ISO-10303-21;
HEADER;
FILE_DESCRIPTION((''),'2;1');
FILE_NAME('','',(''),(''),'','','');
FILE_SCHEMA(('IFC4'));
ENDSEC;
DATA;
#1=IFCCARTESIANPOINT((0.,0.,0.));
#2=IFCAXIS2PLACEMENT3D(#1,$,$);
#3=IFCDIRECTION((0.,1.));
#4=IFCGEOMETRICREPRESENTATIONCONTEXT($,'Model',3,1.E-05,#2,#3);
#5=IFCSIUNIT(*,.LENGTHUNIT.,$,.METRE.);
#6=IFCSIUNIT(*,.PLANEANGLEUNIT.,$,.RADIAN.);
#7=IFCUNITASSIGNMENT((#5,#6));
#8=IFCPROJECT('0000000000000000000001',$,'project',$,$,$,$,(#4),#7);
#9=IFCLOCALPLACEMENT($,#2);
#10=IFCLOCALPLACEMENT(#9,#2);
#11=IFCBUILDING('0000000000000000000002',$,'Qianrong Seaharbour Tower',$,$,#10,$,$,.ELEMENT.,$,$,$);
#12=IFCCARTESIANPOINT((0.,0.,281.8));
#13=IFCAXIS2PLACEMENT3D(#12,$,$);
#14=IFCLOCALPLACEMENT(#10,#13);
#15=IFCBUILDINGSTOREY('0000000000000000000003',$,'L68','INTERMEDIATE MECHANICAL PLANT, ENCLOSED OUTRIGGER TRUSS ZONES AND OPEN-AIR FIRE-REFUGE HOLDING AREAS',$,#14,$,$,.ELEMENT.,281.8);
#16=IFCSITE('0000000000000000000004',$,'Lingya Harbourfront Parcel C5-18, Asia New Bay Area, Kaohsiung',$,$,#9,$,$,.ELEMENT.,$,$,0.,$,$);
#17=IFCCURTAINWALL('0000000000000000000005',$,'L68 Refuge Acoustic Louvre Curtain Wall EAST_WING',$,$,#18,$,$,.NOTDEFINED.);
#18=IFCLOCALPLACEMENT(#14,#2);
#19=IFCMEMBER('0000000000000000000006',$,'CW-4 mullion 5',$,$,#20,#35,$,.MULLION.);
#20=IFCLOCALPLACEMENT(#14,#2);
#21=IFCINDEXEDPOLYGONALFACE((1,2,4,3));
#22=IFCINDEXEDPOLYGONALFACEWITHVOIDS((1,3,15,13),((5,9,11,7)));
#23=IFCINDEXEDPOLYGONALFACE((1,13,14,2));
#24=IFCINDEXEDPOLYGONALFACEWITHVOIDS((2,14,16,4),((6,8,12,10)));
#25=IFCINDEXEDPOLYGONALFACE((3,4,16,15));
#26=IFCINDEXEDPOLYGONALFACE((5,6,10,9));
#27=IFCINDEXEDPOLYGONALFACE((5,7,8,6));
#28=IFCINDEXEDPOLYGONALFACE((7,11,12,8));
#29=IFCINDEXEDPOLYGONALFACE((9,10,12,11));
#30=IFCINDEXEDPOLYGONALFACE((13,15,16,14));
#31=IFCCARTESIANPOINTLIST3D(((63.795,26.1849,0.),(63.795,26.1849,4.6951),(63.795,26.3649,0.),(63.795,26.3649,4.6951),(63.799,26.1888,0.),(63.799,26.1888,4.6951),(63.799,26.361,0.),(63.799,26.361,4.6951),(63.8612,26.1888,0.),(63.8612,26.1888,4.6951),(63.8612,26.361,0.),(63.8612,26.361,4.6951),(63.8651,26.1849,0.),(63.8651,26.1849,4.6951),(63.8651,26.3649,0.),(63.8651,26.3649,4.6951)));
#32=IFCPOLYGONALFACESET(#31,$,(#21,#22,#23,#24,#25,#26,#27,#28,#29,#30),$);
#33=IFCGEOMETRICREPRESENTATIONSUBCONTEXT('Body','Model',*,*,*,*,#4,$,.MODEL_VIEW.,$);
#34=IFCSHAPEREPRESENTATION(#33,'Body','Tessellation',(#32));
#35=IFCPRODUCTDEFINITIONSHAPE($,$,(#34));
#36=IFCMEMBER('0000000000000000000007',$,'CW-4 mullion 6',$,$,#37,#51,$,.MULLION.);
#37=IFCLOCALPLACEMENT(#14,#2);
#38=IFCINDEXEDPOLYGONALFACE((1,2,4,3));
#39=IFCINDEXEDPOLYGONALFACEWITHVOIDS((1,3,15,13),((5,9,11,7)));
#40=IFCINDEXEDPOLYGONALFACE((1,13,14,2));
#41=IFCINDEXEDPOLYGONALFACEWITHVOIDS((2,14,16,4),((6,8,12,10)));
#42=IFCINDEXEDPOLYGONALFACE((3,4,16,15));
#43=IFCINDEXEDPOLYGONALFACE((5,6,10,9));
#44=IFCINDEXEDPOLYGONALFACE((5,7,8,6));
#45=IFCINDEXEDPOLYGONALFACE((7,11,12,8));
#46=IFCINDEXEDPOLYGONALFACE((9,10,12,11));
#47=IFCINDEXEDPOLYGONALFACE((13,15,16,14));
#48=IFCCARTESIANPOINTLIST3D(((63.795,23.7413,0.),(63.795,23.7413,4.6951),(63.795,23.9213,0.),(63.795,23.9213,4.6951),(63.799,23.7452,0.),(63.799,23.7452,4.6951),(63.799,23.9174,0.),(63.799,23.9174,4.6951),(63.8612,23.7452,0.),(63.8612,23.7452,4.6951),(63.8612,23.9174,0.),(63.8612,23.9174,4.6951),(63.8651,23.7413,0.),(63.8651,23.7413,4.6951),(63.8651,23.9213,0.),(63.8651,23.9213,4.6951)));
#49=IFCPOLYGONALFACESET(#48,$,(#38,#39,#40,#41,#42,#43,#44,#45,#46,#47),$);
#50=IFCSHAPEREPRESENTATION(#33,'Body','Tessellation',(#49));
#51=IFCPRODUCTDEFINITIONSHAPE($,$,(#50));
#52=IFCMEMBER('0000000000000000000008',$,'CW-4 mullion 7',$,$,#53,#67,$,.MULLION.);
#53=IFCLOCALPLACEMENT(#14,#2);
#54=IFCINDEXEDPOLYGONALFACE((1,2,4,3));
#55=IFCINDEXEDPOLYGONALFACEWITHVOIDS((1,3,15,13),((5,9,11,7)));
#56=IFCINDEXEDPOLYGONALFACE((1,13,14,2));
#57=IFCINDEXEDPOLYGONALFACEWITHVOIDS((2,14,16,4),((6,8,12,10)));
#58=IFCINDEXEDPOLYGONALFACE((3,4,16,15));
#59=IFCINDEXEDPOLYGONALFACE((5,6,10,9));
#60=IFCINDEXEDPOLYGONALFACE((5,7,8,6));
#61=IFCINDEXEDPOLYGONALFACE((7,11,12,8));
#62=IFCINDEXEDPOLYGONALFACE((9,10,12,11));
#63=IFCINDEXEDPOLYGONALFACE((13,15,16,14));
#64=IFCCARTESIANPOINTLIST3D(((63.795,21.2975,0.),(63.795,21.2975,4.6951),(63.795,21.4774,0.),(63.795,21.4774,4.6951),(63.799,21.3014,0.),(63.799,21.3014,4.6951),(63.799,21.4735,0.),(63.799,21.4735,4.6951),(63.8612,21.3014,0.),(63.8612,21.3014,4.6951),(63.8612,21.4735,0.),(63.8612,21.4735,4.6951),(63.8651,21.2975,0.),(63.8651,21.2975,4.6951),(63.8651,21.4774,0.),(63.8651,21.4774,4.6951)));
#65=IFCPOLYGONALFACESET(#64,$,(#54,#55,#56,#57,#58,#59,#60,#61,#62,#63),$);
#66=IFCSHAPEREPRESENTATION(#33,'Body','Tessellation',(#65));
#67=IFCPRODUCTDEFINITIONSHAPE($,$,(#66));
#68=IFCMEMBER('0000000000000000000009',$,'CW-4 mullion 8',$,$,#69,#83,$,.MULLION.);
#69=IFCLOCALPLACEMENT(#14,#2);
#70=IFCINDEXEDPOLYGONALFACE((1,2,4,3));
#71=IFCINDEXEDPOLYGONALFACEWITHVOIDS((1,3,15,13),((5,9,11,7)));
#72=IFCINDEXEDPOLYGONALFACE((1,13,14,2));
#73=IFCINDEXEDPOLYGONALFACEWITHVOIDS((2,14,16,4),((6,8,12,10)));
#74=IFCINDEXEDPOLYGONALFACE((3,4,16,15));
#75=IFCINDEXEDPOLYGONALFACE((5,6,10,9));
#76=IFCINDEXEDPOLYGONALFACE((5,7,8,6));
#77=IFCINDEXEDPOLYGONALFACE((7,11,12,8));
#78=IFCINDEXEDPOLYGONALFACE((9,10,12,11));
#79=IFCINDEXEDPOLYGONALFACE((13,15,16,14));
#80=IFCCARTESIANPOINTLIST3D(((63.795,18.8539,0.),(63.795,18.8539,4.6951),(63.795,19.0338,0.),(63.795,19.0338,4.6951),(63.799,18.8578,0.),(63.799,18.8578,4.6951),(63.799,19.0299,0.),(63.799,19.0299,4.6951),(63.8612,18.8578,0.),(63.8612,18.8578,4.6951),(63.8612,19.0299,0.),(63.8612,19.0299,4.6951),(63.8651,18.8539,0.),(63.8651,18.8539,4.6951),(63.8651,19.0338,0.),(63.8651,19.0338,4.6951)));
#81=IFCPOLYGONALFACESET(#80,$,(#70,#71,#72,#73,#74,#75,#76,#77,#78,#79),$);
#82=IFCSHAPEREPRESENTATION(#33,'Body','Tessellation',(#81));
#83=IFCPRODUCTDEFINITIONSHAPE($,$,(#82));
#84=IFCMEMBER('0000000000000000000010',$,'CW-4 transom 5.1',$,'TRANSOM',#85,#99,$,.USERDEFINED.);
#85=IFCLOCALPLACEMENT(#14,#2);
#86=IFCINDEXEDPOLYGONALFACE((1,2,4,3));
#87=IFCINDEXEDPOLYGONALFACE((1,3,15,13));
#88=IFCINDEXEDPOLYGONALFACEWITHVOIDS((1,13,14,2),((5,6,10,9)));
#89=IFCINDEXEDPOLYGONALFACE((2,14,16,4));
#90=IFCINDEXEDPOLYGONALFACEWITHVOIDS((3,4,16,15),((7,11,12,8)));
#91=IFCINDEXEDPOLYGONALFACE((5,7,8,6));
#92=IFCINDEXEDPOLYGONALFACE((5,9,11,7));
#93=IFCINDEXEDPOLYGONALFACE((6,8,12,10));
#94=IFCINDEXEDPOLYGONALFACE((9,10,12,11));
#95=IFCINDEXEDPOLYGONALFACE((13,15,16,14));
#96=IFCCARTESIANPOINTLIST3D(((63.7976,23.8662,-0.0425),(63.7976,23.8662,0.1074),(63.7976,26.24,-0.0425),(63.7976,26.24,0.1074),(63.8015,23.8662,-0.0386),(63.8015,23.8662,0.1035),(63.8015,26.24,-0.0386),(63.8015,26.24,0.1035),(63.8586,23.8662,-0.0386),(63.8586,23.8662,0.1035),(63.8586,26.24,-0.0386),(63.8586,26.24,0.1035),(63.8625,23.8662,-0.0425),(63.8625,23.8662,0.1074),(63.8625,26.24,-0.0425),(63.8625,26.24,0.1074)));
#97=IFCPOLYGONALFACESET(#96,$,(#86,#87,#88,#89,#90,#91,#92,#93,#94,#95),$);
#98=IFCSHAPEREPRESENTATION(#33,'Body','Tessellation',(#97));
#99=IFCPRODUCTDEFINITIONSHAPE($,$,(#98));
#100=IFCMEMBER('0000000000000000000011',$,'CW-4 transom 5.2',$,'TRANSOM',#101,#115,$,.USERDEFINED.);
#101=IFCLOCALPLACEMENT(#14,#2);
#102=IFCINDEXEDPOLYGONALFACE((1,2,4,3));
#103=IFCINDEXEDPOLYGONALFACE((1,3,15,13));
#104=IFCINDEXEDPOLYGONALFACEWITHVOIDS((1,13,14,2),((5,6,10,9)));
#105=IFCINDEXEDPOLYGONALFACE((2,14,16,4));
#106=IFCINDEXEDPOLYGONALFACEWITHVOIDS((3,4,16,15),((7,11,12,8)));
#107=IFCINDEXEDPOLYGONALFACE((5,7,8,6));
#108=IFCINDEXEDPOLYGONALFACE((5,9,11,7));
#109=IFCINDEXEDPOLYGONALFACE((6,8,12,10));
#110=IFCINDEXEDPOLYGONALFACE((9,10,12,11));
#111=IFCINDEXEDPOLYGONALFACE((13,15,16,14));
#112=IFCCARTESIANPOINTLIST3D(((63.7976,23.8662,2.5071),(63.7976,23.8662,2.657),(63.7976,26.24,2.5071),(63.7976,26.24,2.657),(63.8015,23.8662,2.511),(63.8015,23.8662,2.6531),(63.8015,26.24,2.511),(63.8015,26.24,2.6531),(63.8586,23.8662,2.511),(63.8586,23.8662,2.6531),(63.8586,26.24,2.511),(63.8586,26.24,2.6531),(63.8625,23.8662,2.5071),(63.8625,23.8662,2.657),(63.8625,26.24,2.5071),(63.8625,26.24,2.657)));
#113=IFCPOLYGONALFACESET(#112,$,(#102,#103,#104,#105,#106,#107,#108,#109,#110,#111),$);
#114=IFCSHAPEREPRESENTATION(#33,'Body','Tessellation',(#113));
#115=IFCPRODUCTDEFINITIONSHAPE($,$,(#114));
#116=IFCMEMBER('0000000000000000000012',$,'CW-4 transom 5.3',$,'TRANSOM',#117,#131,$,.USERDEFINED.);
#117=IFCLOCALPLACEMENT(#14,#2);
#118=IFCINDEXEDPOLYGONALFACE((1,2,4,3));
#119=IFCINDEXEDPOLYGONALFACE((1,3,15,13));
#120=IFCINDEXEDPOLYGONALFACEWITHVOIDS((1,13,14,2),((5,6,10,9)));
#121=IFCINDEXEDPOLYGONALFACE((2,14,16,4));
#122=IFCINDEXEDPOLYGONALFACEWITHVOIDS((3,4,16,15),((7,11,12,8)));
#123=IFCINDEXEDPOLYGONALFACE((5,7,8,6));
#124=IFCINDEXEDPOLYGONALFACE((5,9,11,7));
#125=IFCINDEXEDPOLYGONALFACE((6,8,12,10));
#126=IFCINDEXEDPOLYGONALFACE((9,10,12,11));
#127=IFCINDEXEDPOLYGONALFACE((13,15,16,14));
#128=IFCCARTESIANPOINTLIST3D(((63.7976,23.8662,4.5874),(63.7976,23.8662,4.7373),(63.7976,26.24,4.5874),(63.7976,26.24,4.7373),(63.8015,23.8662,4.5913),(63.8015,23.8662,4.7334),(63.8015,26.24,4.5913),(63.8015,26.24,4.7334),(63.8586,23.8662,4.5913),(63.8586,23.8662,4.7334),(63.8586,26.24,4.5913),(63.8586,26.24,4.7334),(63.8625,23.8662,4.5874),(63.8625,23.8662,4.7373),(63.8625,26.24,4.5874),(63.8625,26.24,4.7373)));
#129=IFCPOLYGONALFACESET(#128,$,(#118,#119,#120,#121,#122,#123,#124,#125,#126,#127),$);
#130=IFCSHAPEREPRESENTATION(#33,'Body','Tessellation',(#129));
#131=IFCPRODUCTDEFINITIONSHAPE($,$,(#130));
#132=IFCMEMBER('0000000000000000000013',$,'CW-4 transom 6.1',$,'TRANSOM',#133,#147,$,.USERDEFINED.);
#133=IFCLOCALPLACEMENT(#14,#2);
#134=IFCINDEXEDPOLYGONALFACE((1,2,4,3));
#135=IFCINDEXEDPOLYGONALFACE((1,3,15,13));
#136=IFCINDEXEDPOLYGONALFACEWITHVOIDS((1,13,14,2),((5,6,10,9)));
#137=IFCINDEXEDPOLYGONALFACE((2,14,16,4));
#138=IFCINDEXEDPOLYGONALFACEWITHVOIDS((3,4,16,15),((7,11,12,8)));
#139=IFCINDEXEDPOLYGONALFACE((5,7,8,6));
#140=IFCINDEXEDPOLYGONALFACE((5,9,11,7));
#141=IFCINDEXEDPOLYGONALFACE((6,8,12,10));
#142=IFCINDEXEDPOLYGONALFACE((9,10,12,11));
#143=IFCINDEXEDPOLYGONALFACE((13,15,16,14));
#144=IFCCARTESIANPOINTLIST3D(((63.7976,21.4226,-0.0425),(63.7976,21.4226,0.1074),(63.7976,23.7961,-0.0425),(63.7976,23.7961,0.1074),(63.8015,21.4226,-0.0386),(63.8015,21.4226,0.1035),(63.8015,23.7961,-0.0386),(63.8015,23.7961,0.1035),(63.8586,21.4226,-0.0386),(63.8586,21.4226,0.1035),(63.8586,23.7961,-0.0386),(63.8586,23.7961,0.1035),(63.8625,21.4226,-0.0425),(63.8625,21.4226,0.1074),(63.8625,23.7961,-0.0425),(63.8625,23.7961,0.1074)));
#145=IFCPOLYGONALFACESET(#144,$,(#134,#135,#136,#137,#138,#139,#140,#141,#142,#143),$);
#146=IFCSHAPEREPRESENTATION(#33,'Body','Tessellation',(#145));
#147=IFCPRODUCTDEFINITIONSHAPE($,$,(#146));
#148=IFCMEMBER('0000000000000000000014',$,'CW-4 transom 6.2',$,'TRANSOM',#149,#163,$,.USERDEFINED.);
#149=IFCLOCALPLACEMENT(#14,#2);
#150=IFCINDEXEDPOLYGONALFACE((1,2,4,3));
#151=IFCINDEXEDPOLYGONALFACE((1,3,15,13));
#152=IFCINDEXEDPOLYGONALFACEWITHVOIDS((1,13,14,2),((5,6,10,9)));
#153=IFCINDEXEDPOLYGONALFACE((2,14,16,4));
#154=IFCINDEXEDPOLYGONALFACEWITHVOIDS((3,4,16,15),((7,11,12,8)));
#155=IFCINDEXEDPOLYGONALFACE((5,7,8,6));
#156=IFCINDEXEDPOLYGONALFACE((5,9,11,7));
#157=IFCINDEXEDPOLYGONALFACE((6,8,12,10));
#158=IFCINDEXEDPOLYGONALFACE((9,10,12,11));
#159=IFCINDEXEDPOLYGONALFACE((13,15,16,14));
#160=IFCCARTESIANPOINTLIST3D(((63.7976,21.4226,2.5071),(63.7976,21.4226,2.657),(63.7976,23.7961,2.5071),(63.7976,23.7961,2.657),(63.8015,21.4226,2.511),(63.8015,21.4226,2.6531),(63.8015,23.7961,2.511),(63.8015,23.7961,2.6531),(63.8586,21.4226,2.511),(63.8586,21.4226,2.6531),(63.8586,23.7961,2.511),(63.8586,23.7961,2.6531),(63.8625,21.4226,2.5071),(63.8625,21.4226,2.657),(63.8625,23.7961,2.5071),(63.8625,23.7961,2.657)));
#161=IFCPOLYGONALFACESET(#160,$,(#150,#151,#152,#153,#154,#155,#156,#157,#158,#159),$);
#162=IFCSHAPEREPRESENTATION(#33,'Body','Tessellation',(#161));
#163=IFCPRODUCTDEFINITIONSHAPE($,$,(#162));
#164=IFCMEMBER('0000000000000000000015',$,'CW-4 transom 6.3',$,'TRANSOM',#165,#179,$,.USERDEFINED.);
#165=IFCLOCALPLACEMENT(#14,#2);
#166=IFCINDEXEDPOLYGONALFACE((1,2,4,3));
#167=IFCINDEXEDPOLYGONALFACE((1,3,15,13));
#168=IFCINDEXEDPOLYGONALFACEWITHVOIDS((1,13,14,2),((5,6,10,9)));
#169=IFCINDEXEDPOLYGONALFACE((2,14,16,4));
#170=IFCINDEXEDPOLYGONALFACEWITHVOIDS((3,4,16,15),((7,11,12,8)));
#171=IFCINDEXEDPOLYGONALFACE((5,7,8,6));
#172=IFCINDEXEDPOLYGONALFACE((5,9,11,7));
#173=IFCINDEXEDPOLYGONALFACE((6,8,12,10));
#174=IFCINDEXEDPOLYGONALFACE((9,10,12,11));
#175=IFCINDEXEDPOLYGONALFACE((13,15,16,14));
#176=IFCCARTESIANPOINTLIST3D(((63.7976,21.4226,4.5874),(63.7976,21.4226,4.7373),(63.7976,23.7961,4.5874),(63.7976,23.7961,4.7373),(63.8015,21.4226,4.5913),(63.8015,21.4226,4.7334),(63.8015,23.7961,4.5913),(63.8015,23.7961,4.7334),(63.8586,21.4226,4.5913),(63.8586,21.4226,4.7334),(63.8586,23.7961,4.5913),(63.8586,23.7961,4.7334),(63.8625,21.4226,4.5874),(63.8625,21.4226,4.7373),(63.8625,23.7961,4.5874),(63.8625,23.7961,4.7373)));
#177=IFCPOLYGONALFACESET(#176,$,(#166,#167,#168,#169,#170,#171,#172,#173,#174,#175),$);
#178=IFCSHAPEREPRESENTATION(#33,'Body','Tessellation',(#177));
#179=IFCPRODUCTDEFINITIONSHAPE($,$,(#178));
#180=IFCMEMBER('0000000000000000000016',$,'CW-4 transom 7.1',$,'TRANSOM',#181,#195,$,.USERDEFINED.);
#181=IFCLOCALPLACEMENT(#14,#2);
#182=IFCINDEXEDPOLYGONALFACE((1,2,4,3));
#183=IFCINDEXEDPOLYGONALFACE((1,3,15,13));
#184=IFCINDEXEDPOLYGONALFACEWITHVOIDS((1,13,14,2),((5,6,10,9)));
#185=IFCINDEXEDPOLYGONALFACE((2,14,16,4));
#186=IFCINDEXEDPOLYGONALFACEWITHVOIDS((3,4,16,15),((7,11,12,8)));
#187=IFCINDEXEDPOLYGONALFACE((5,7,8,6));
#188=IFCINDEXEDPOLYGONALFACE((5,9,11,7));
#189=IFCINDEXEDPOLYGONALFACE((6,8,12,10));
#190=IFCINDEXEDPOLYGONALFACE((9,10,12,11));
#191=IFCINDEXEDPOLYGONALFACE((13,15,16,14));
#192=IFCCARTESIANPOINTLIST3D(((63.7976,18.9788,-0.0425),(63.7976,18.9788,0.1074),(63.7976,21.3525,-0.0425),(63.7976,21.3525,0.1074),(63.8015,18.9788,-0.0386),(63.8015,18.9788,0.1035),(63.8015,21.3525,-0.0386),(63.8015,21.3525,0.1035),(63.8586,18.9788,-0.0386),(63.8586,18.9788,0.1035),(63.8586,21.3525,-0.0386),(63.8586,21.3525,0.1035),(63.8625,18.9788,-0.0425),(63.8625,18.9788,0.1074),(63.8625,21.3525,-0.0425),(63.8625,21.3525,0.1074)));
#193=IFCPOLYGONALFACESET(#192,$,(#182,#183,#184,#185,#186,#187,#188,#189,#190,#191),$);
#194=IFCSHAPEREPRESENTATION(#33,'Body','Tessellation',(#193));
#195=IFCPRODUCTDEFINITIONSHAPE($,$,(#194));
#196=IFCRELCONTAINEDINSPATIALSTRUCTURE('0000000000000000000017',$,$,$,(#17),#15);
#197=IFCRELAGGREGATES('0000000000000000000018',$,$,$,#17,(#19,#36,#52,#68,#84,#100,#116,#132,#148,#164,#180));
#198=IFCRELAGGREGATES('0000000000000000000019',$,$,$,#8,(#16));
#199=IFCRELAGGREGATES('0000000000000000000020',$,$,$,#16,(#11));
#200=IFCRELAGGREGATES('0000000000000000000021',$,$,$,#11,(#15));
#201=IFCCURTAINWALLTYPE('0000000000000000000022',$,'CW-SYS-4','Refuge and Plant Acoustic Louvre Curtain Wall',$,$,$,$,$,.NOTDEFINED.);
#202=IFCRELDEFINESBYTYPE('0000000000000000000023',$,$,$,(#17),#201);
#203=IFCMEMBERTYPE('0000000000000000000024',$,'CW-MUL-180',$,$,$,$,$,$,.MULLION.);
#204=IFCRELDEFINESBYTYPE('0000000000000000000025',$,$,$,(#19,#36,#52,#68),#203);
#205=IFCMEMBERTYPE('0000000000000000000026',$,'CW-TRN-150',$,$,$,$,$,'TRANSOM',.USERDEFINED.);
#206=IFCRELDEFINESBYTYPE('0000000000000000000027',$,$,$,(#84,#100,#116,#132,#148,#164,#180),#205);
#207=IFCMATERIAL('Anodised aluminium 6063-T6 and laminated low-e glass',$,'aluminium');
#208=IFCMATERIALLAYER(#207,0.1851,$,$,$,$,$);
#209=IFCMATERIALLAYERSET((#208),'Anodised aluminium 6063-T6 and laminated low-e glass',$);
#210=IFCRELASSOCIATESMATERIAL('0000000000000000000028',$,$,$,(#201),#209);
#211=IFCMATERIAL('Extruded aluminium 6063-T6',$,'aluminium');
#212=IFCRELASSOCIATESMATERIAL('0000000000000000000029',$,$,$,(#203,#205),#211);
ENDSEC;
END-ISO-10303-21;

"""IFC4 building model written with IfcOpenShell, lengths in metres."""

from ifc_helpers import new_model, si_unit, direction, frame, origin, origin_2d, place, context, subcontext, project, spatial, hollow_rectangle, extrude, material, layer, layer_set, material_profile, profile_set, type_object, element, aggregate, save


model = new_model("IFC4")

# Units and contexts
model_context = context("Model", 3, precision=1e-05, world=origin(), true_north=direction((0.0, 1.0)))
body_context = subcontext(model_context, "Body", "Model", "MODEL_VIEW")
ifc_project = project(units=[si_unit("LENGTHUNIT", "METRE"), si_unit("PLANEANGLEUNIT", "RADIAN")], contexts=[model_context])

# Site, building, storey
site_placement = place(None, origin())
site = spatial("IfcSite", under=ifc_project, at=site_placement, Name="Lingya Harbourfront Parcel C5-18, Asia New Bay Area, Kaohsiung", CompositionType="ELEMENT", RefElevation=0.0)
building_placement = place(site_placement, origin())
building = spatial("IfcBuilding", under=site, at=building_placement, Name="Qianrong Seaharbour Tower", CompositionType="ELEMENT")
storey_placement = place(building_placement, frame((0.0, 0.0, 281.8)))
storey = spatial("IfcBuildingStorey", under=building, at=storey_placement, Name="L68", Description="INTERMEDIATE MECHANICAL PLANT, ENCLOSED OUTRIGGER TRUSS ZONES AND OPEN-AIR FIRE-REFUGE HOLDING AREAS", CompositionType="ELEMENT", Elevation=281.8)

# Curtain wall, members
ifc_material_1 = material(Name="Anodised aluminium 6063-T6 and laminated low-e glass", Category="aluminium")
ifc_layer_1 = layer(ifc_material_1, 0.1851)
ifc_layer_set_1 = layer_set([ifc_layer_1], Name="Anodised aluminium 6063-T6 and laminated low-e glass")
curtain_wall_type = type_object("IfcCurtainWallType", Name="CW-SYS-4", Description="Refuge and Plant Acoustic Louvre Curtain Wall", PredefinedType="NOTDEFINED", material=ifc_layer_set_1)
curtain_wall_placement = place(storey_placement, origin())
curtain_wall = element("IfcCurtainWall", 1, at=curtain_wall_placement, inside=storey, type_object=curtain_wall_type, Name="L68 Refuge Acoustic Louvre Curtain Wall EAST_WING", PredefinedType="NOTDEFINED")
ifc_material_2 = material(Name="Extruded aluminium 6063-T6", Category="aluminium")
ifc_material_profile_1 = material_profile(ifc_material_2, hollow_rectangle(XDim=0.0701, YDim=0.1799, WallThickness=0.0039, at=origin_2d()), Name="ALU-MUL-180x70x4")
ifc_profile_set_1 = profile_set([ifc_material_profile_1], Name="Extruded aluminium 6063-T6")
member_type_1 = type_object("IfcMemberType", Name="CW-MUL-180", PredefinedType="MULLION", material=ifc_profile_set_1)
member_1_placement = place(storey_placement, frame((63.8301, 26.2749, 0.0), z_axis=(0.0, 0.0, 1.0), x_axis=(1.0, 0.0, 0.0)))
member_1 = element("IfcMember", 2, at=member_1_placement, type_object=member_type_1, Name="CW-4 mullion 5", PredefinedType="MULLION", context=body_context, shape_type="SweptSolid", body=[
    extrude(hollow_rectangle(XDim=0.0701, YDim=0.1799, WallThickness=0.0039, at=origin_2d()), origin(), (0.0, 0.0, 1.0), 4.6951),
])
member_2_placement = place(storey_placement, frame((63.8301, 23.8313, 0.0), z_axis=(0.0, 0.0, 1.0), x_axis=(1.0, 0.0, 0.0)))
member_2 = element("IfcMember", 3, at=member_2_placement, type_object=member_type_1, Name="CW-4 mullion 6", PredefinedType="MULLION", context=body_context, shape_type="SweptSolid", body=[
    extrude(hollow_rectangle(XDim=0.0701, YDim=0.1799, WallThickness=0.0039, at=origin_2d()), origin(), (0.0, 0.0, 1.0), 4.6951),
])
member_3_placement = place(storey_placement, frame((63.8301, 21.3875, 0.0), z_axis=(0.0, 0.0, 1.0), x_axis=(1.0, 0.0, 0.0)))
member_3 = element("IfcMember", 4, at=member_3_placement, type_object=member_type_1, Name="CW-4 mullion 7", PredefinedType="MULLION", context=body_context, shape_type="SweptSolid", body=[
    extrude(hollow_rectangle(XDim=0.0701, YDim=0.1799, WallThickness=0.0039, at=origin_2d()), origin(), (0.0, 0.0, 1.0), 4.6951),
])
member_4_placement = place(storey_placement, frame((63.8301, 18.9438, 0.0), z_axis=(0.0, 0.0, 1.0), x_axis=(1.0, 0.0, 0.0)))
member_4 = element("IfcMember", 5, at=member_4_placement, type_object=member_type_1, Name="CW-4 mullion 8", PredefinedType="MULLION", context=body_context, shape_type="SweptSolid", body=[
    extrude(hollow_rectangle(XDim=0.0701, YDim=0.1799, WallThickness=0.0039, at=origin_2d()), origin(), (0.0, 0.0, 1.0), 4.6951),
])
ifc_material_profile_2 = material_profile(ifc_material_2, hollow_rectangle(XDim=0.0649, YDim=0.1499, WallThickness=0.0039, at=origin_2d()), Name="ALU-TRN-150x65x4")
ifc_profile_set_2 = profile_set([ifc_material_profile_2], Name="Extruded aluminium 6063-T6")
member_type_2 = type_object("IfcMemberType", Name="CW-TRN-150", ElementType="TRANSOM", PredefinedType="USERDEFINED", material=ifc_profile_set_2)
member_5_placement = place(storey_placement, frame((63.8301, 26.24, 0.0325), z_axis=(0.0, -1.0, 0.0), x_axis=(1.0, 0.0, 0.0)))
member_5 = element("IfcMember", 6, at=member_5_placement, type_object=member_type_2, Name="CW-4 transom 5.1", ObjectType="TRANSOM", PredefinedType="USERDEFINED", context=body_context, shape_type="SweptSolid", body=[
    extrude(hollow_rectangle(XDim=0.0649, YDim=0.1499, WallThickness=0.0039, at=origin_2d()), origin(), (0.0, 0.0, 1.0), 2.3738),
])
member_6_placement = place(storey_placement, frame((63.8301, 26.24, 2.582), z_axis=(0.0, -1.0, 0.0), x_axis=(1.0, 0.0, 0.0)))
member_6 = element("IfcMember", 7, at=member_6_placement, type_object=member_type_2, Name="CW-4 transom 5.2", ObjectType="TRANSOM", PredefinedType="USERDEFINED", context=body_context, shape_type="SweptSolid", body=[
    extrude(hollow_rectangle(XDim=0.0649, YDim=0.1499, WallThickness=0.0039, at=origin_2d()), origin(), (0.0, 0.0, 1.0), 2.3738),
])
member_7_placement = place(storey_placement, frame((63.8301, 26.24, 4.6624), z_axis=(0.0, -1.0, 0.0), x_axis=(1.0, 0.0, 0.0)))
member_7 = element("IfcMember", 8, at=member_7_placement, type_object=member_type_2, Name="CW-4 transom 5.3", ObjectType="TRANSOM", PredefinedType="USERDEFINED", context=body_context, shape_type="SweptSolid", body=[
    extrude(hollow_rectangle(XDim=0.0649, YDim=0.1499, WallThickness=0.0039, at=origin_2d()), origin(), (0.0, 0.0, 1.0), 2.3738),
])
member_8_placement = place(storey_placement, frame((63.8301, 23.7961, 0.0325), z_axis=(0.0, -1.0, 0.0), x_axis=(1.0, 0.0, 0.0)))
member_8 = element("IfcMember", 9, at=member_8_placement, type_object=member_type_2, Name="CW-4 transom 6.1", ObjectType="TRANSOM", PredefinedType="USERDEFINED", context=body_context, shape_type="SweptSolid", body=[
    extrude(hollow_rectangle(XDim=0.0649, YDim=0.1499, WallThickness=0.0039, at=origin_2d()), origin(), (0.0, 0.0, 1.0), 2.3735),
])
member_9_placement = place(storey_placement, frame((63.8301, 23.7961, 2.582), z_axis=(0.0, -1.0, 0.0), x_axis=(1.0, 0.0, 0.0)))
member_9 = element("IfcMember", 10, at=member_9_placement, type_object=member_type_2, Name="CW-4 transom 6.2", ObjectType="TRANSOM", PredefinedType="USERDEFINED", context=body_context, shape_type="SweptSolid", body=[
    extrude(hollow_rectangle(XDim=0.0649, YDim=0.1499, WallThickness=0.0039, at=origin_2d()), origin(), (0.0, 0.0, 1.0), 2.3735),
])
member_10_placement = place(storey_placement, frame((63.8301, 23.7961, 4.6624), z_axis=(0.0, -1.0, 0.0), x_axis=(1.0, 0.0, 0.0)))
member_10 = element("IfcMember", 11, at=member_10_placement, type_object=member_type_2, Name="CW-4 transom 6.3", ObjectType="TRANSOM", PredefinedType="USERDEFINED", context=body_context, shape_type="SweptSolid", body=[
    extrude(hollow_rectangle(XDim=0.0649, YDim=0.1499, WallThickness=0.0039, at=origin_2d()), origin(), (0.0, 0.0, 1.0), 2.3735),
])
member_11_placement = place(storey_placement, frame((63.8301, 21.3525, 0.0325), z_axis=(0.0, -1.0, 0.0), x_axis=(1.0, 0.0, 0.0)))
member_11 = element("IfcMember", 12, at=member_11_placement, type_object=member_type_2, Name="CW-4 transom 7.1", ObjectType="TRANSOM", PredefinedType="USERDEFINED", context=body_context, shape_type="SweptSolid", body=[
    extrude(hollow_rectangle(XDim=0.0649, YDim=0.1499, WallThickness=0.0039, at=origin_2d()), origin(), (0.0, 0.0, 1.0), 2.3738),
])
aggregate(curtain_wall, [member_1, member_2, member_3, member_4, member_5, member_6, member_7, member_8, member_9, member_10, member_11])

save(model, "model.ifc")
